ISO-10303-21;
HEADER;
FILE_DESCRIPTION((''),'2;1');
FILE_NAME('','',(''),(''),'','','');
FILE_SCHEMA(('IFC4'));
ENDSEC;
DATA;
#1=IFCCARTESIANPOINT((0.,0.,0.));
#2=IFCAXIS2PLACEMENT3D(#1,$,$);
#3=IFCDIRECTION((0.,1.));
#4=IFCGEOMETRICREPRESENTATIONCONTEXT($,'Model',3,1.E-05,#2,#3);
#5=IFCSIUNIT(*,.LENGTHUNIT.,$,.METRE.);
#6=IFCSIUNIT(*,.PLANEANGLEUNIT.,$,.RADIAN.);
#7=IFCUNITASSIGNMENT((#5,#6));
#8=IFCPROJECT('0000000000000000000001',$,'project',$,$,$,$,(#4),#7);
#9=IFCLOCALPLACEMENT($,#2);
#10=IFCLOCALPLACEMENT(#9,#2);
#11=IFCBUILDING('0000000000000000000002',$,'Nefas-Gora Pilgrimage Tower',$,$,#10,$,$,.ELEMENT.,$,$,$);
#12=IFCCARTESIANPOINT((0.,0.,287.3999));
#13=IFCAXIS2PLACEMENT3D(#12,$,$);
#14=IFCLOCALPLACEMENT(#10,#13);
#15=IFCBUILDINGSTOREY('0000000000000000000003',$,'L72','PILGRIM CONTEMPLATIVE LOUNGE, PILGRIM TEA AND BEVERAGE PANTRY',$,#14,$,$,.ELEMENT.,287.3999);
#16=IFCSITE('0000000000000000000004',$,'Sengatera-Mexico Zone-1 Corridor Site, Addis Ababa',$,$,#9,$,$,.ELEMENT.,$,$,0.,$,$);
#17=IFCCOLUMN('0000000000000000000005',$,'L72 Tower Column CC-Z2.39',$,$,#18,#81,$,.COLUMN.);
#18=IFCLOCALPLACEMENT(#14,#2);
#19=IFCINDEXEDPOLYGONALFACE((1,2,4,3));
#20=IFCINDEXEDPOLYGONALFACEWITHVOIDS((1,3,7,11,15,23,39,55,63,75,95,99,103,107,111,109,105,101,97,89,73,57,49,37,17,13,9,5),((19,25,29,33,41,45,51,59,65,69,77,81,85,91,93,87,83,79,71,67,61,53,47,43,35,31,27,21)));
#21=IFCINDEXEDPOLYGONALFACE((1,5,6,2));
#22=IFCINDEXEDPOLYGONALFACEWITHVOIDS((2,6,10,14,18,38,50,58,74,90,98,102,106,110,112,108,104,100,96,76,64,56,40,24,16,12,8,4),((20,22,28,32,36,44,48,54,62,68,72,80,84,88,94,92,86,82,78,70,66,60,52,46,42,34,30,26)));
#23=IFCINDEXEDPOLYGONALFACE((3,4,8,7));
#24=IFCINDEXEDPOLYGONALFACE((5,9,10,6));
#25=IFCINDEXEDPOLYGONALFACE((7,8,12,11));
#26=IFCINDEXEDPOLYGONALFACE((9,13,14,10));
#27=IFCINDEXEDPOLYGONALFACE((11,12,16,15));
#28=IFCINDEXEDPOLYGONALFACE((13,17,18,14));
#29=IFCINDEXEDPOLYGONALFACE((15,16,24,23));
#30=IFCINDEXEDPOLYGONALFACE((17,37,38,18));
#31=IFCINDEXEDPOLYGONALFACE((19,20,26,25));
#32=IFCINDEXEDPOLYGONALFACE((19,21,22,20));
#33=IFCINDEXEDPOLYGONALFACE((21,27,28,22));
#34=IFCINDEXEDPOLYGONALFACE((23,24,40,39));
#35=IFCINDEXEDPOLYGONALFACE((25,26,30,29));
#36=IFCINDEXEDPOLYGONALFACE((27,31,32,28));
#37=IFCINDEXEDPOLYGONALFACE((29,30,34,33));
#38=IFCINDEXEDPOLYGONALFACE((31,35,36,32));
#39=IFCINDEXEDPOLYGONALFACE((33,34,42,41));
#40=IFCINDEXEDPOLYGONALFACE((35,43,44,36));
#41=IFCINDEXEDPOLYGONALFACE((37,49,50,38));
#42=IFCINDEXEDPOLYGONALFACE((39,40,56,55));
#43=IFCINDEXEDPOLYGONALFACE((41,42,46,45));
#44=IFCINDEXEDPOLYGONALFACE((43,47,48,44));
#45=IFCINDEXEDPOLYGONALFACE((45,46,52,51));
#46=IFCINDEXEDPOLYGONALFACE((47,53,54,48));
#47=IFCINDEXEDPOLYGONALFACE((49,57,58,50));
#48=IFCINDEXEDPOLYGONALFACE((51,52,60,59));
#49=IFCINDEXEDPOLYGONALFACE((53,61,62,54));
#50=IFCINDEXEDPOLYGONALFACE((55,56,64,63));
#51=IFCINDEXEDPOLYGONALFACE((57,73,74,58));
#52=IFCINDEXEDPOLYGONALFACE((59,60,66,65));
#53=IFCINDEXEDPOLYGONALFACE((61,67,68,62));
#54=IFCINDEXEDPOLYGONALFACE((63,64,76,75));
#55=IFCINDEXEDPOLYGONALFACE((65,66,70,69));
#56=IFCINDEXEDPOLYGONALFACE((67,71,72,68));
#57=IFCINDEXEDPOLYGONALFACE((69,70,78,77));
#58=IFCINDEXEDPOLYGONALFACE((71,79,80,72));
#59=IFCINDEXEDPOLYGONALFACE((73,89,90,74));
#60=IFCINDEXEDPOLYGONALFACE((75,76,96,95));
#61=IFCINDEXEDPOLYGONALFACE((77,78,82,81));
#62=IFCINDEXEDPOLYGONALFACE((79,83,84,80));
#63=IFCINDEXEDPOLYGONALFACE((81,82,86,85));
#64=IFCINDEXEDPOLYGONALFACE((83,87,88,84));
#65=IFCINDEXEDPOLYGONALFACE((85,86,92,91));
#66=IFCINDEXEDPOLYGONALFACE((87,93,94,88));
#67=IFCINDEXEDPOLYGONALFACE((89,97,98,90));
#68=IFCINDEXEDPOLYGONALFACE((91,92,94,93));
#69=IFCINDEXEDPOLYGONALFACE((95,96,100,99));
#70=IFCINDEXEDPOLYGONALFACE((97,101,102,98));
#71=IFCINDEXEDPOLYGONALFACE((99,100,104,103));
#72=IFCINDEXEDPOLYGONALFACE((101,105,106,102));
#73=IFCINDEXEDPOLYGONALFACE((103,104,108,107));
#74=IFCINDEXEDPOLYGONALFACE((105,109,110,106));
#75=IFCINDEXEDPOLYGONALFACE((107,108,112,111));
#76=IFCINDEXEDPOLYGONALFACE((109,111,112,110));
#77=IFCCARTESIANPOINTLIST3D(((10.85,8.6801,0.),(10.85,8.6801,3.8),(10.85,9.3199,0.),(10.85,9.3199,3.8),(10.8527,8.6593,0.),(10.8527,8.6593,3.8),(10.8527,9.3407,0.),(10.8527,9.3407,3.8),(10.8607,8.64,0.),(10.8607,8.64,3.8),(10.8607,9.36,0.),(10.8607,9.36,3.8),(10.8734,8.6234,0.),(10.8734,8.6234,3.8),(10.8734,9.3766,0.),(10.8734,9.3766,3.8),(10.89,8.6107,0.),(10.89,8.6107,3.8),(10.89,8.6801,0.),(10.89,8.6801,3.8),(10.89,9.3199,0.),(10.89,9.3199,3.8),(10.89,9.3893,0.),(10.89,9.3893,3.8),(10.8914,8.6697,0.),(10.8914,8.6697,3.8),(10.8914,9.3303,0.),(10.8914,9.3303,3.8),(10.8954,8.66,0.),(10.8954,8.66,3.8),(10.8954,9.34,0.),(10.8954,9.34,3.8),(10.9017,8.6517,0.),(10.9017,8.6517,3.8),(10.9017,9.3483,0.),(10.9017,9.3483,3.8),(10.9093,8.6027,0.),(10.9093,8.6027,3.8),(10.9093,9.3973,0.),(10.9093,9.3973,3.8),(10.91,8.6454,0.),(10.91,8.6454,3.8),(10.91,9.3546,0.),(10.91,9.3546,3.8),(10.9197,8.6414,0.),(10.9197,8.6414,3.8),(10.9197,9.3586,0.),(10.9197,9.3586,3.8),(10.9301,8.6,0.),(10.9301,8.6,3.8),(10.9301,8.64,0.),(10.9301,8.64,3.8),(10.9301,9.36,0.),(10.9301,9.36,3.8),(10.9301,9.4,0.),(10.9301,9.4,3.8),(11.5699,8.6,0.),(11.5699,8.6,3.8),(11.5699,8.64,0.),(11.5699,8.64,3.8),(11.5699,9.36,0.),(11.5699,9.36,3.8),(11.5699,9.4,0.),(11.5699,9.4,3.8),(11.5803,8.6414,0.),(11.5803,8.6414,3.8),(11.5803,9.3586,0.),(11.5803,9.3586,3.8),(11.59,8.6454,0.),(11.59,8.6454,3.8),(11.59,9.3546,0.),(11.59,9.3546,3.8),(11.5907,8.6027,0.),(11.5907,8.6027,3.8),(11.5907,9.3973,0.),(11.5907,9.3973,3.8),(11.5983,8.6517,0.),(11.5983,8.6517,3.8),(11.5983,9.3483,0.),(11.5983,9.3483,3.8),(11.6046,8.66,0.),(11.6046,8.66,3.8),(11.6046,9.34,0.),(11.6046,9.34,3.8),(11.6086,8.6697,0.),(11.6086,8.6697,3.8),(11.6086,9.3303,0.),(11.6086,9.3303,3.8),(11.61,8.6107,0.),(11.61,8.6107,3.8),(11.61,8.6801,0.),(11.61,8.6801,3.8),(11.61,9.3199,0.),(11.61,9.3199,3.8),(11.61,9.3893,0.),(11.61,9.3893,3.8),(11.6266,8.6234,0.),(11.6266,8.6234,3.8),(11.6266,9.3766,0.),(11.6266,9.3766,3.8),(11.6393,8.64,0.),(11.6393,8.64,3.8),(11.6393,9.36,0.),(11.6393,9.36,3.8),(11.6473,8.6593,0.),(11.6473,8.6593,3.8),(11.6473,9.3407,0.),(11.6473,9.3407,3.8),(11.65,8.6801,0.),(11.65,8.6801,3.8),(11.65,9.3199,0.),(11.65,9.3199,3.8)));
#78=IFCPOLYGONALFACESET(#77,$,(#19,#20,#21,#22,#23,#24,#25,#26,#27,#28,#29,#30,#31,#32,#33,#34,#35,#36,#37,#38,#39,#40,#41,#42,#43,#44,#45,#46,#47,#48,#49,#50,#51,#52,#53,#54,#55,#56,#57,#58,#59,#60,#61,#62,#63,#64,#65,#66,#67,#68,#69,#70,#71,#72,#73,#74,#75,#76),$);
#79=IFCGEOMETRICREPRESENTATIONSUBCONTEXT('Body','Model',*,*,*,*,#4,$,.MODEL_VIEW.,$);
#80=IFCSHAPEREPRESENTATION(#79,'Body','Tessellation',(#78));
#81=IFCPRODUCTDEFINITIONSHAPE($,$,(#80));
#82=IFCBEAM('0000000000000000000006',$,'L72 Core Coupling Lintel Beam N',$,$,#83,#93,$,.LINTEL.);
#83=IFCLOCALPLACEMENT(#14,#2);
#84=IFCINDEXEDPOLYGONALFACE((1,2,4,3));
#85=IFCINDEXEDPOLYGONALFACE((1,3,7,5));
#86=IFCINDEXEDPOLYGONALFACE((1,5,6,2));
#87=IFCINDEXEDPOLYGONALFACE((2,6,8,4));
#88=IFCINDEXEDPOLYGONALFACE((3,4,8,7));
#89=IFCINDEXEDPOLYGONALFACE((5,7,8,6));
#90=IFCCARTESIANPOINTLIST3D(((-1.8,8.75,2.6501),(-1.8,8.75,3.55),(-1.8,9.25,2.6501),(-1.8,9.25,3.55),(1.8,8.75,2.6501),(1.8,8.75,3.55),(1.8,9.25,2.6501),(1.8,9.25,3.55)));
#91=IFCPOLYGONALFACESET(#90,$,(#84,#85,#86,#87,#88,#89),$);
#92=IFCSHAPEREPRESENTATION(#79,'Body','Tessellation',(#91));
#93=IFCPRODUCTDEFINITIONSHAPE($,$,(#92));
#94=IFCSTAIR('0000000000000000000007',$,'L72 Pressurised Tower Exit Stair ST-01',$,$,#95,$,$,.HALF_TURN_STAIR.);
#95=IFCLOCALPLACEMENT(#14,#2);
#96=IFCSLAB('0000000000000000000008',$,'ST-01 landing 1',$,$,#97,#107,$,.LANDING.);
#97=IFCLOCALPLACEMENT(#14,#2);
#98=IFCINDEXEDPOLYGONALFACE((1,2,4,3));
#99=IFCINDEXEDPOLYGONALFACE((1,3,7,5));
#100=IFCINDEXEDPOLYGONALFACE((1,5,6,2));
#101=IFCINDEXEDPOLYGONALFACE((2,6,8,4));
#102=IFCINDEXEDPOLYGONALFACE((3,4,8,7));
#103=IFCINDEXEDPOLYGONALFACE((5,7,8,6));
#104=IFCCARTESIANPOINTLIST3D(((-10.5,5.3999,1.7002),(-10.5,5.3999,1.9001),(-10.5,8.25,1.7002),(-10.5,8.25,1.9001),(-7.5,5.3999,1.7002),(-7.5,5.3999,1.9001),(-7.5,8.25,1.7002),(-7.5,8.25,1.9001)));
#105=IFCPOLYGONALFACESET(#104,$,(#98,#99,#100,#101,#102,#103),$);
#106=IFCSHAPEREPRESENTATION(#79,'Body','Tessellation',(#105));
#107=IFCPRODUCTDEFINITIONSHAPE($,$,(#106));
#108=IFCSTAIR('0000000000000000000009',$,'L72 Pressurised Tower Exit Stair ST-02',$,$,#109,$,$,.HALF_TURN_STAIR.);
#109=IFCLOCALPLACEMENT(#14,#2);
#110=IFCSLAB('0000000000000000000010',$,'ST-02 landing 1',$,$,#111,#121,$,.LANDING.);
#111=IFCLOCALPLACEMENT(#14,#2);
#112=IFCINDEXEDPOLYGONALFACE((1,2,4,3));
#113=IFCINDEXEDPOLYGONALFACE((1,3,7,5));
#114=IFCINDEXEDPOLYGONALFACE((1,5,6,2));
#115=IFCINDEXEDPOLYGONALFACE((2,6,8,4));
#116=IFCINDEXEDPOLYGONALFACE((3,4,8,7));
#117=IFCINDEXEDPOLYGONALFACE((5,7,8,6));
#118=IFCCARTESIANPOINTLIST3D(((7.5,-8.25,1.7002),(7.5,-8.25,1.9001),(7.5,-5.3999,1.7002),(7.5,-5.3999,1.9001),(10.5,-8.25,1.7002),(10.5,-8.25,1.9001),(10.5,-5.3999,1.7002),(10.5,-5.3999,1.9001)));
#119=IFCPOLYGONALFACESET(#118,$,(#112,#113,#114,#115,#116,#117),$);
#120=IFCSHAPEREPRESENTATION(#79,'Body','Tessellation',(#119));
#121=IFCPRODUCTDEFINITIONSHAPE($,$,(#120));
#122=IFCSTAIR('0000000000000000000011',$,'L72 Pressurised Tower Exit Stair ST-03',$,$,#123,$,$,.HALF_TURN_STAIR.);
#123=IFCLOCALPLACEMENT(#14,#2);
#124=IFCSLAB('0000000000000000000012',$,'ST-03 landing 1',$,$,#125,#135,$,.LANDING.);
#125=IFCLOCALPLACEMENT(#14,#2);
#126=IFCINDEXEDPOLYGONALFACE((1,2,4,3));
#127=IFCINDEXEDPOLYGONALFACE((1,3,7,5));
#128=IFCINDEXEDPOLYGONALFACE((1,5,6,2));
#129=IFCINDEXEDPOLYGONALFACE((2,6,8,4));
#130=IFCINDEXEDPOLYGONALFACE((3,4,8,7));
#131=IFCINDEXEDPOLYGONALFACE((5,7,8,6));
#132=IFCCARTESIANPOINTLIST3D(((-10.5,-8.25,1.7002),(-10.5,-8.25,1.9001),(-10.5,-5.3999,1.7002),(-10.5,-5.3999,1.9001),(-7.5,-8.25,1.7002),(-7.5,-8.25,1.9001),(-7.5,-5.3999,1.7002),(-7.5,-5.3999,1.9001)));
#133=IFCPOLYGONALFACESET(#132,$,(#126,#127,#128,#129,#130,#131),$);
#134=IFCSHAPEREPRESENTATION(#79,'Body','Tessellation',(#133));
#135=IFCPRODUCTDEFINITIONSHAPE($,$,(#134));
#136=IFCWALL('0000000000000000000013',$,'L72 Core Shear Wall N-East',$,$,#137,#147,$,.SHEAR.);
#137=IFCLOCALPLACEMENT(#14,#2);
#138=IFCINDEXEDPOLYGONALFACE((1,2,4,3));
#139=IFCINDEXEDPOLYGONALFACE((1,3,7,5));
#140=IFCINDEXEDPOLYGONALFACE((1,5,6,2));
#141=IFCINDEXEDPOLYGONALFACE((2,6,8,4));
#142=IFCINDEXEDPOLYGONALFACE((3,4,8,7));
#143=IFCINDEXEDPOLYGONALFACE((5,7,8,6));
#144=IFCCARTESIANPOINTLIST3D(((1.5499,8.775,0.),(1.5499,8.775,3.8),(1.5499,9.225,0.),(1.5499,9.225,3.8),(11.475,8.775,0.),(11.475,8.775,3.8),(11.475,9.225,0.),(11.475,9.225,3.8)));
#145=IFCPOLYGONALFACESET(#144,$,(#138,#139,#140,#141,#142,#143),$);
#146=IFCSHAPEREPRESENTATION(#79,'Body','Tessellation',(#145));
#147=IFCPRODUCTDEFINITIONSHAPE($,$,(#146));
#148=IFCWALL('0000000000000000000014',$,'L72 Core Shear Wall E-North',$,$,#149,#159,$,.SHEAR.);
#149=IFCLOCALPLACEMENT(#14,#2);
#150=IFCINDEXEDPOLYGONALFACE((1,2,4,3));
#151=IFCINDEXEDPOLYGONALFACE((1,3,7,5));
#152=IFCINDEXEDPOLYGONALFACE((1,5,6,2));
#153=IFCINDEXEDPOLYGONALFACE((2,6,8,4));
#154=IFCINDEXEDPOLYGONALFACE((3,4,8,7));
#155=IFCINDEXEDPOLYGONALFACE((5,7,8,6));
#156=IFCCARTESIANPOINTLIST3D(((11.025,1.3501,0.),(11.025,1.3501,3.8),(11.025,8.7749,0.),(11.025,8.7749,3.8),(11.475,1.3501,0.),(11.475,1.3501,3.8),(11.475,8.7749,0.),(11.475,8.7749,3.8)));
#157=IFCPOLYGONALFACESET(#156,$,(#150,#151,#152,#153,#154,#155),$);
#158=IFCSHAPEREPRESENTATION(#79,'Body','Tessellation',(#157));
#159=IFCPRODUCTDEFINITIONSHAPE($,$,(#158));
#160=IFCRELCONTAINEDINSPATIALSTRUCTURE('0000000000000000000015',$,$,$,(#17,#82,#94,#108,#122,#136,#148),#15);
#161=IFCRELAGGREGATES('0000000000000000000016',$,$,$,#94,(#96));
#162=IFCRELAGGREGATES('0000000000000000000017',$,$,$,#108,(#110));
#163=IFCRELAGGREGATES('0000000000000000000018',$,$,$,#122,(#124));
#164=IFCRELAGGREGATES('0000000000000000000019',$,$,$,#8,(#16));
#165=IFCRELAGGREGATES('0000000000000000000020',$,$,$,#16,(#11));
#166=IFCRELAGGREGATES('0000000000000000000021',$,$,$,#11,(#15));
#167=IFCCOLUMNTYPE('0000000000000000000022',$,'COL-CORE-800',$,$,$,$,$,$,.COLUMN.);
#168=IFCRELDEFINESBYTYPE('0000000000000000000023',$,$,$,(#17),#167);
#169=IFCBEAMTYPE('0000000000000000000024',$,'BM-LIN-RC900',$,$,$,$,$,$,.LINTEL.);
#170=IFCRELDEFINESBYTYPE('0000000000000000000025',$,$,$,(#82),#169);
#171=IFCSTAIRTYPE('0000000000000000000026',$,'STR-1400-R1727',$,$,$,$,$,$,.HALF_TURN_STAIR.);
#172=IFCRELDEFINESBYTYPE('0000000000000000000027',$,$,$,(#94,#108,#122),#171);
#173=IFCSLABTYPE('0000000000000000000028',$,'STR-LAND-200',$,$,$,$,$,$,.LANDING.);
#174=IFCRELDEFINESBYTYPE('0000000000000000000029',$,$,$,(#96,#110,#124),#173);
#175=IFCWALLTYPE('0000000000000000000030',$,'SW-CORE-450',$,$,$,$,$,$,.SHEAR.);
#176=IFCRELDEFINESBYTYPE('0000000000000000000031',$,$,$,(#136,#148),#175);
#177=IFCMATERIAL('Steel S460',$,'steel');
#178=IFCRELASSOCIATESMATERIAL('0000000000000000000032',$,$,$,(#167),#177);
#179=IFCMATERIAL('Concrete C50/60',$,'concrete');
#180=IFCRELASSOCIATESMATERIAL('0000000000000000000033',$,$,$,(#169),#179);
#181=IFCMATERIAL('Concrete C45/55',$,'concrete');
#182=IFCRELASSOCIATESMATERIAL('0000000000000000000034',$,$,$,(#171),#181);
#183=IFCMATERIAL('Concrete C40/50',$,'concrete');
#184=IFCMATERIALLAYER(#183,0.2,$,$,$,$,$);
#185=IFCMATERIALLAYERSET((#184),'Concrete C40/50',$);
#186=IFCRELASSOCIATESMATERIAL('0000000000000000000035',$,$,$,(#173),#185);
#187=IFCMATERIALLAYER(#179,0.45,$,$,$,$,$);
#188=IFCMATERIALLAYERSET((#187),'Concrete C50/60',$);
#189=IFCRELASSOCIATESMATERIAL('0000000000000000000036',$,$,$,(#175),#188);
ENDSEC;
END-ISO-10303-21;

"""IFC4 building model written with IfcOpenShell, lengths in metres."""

from ifc_helpers import new_model, si_unit, direction, frame, frame_2d, origin, origin_2d, place, context, subcontext, project, spatial, polyline, rectangle, hollow_rectangle, outline, extrude, source, transform, mapped, material, layer, layer_set, material_profile, profile_set, type_object, element, aggregate, save


model = new_model("IFC4")

# Units and contexts
model_context = context("Model", 3, precision=1e-05, world=origin(), true_north=direction((0.0, 1.0)))
body_context = subcontext(model_context, "Body", "Model", "MODEL_VIEW")
ifc_project = project(units=[si_unit("LENGTHUNIT", "METRE"), si_unit("PLANEANGLEUNIT", "RADIAN")], contexts=[model_context])

# Site, building, storey
site_placement = place(None, origin())
site = spatial("IfcSite", under=ifc_project, at=site_placement, Name="Sengatera-Mexico Zone-1 Corridor Site, Addis Ababa", CompositionType="ELEMENT", RefElevation=0.0)
building_placement = place(site_placement, origin())
building = spatial("IfcBuilding", under=site, at=building_placement, Name="Nefas-Gora Pilgrimage Tower", CompositionType="ELEMENT")
storey_placement = place(building_placement, frame((0.0, 0.0, 287.3999)))
storey = spatial("IfcBuildingStorey", under=building, at=storey_placement, Name="L72", Description="PILGRIM CONTEMPLATIVE LOUNGE, PILGRIM TEA AND BEVERAGE PANTRY", CompositionType="ELEMENT", Elevation=287.3999)

# Column
ifc_material_1 = material(Name="Steel S460", Category="steel")
ifc_material_profile_1 = material_profile(ifc_material_1, hollow_rectangle(XDim=0.8, YDim=0.8, WallThickness=0.04, InnerFilletRadius=0.04, OuterFilletRadius=0.0801, at=origin_2d()), Name="BOX 800x800x40")
ifc_profile_set_1 = profile_set([ifc_material_profile_1], Name="Steel S460")
column_type = type_object("IfcColumnType", Name="COL-CORE-800", PredefinedType="COLUMN", material=ifc_profile_set_1)
shared_shape_1 = source(origin(), body_context, "Body", "SweptSolid", [
    extrude(hollow_rectangle(XDim=0.8, YDim=0.8, WallThickness=0.04, InnerFilletRadius=0.04, OuterFilletRadius=0.0801, at=origin_2d()), origin(), (0.0, 0.0, 1.0), 3.8),
])
column_placement = place(storey_placement, frame((11.25, 9.0, 0.0), z_axis=(0.0, 0.0, 1.0), x_axis=(1.0, 0.0, 0.0)))
element("IfcColumn", 1, at=column_placement, inside=storey, type_object=column_type, Name="L72 Tower Column CC-Z2.39", PredefinedType="COLUMN", context=body_context, shape_type="MappedRepresentation", body=[
    mapped(shared_shape_1, transform((0.0, 0.0, 0.0), x_axis=(1.0, 0.0, 0.0), y_axis=(0.0, 1.0, 0.0), z_axis=(0.0, 0.0, 1.0), scale=1.0)),
])

# Beam
ifc_material_2 = material(Name="Concrete C50/60", Category="concrete")
ifc_material_profile_2 = material_profile(ifc_material_2, rectangle(XDim=0.5, YDim=0.8999, at=origin_2d()), Name="RC 500x900")
ifc_profile_set_2 = profile_set([ifc_material_profile_2], Name="Concrete C50/60")
beam_type = type_object("IfcBeamType", Name="BM-LIN-RC900", PredefinedType="LINTEL", material=ifc_profile_set_2)
shared_shape_2 = source(origin(), body_context, "Body", "SweptSolid", [
    extrude(rectangle(XDim=0.5, YDim=0.8999, at=origin_2d()), origin(), (0.0, 0.0, 1.0), 3.6001),
])
beam_placement = place(storey_placement, frame((-1.8, 9.0, 3.1001), z_axis=(1.0, 0.0, 0.0), x_axis=(0.0, 1.0, 0.0)))
element("IfcBeam", 2, at=beam_placement, inside=storey, type_object=beam_type, Name="L72 Core Coupling Lintel Beam N", PredefinedType="LINTEL", context=body_context, shape_type="MappedRepresentation", body=[
    mapped(shared_shape_2, transform((0.0, 0.0, 0.0), x_axis=(1.0, 0.0, 0.0), y_axis=(0.0, 1.0, 0.0), z_axis=(0.0, 0.0, 1.0), scale=1.0)),
])

# Stairs, slabs
ifc_material_3 = material(Name="Concrete C45/55", Category="concrete")
stair_type = type_object("IfcStairType", Name="STR-1400-R1727", PredefinedType="HALF_TURN_STAIR", material=ifc_material_3)
stair_1_placement = place(storey_placement, origin())
stair_1 = element("IfcStair", 3, at=stair_1_placement, inside=storey, type_object=stair_type, Name="L72 Pressurised Tower Exit Stair ST-01", PredefinedType="HALF_TURN_STAIR")
ifc_material_4 = material(Name="Concrete C40/50", Category="concrete")
ifc_layer_1 = layer(ifc_material_4, 0.2)
ifc_layer_set_1 = layer_set([ifc_layer_1], Name="Concrete C40/50")
slab_type = type_object("IfcSlabType", Name="STR-LAND-200", PredefinedType="LANDING", material=ifc_layer_set_1)
slab_1_placement = place(storey_placement, frame((0.0, 0.0, 1.7002)))
slab_1 = element("IfcSlab", 4, at=slab_1_placement, type_object=slab_type, Name="ST-01 landing 1", PredefinedType="LANDING", context=body_context, shape_type="SweptSolid", body=[
    extrude(outline(polyline([(-7.5, 5.3999), (-7.5, 8.25), (-10.5, 8.25), (-10.5, 5.3999), (-7.5, 5.3999)])), origin(), (0.0, 0.0, 1.0), 0.2),
])
aggregate(stair_1, [slab_1])
stair_2_placement = place(storey_placement, origin())
stair_2 = element("IfcStair", 5, at=stair_2_placement, inside=storey, type_object=stair_type, Name="L72 Pressurised Tower Exit Stair ST-02", PredefinedType="HALF_TURN_STAIR")
slab_2_placement = place(storey_placement, frame((0.0, 0.0, 1.7002)))
slab_2 = element("IfcSlab", 6, at=slab_2_placement, type_object=slab_type, Name="ST-02 landing 1", PredefinedType="LANDING", context=body_context, shape_type="SweptSolid", body=[
    extrude(outline(polyline([(7.5, -5.3999), (7.5, -8.25), (10.5, -8.25), (10.5, -5.3999), (7.5, -5.3999)])), origin(), (0.0, 0.0, 1.0), 0.2),
])
aggregate(stair_2, [slab_2])
stair_3_placement = place(storey_placement, origin())
stair_3 = element("IfcStair", 7, at=stair_3_placement, inside=storey, type_object=stair_type, Name="L72 Pressurised Tower Exit Stair ST-03", PredefinedType="HALF_TURN_STAIR")
slab_3_placement = place(storey_placement, frame((0.0, 0.0, 1.7002)))
slab_3 = element("IfcSlab", 8, at=slab_3_placement, type_object=slab_type, Name="ST-03 landing 1", PredefinedType="LANDING", context=body_context, shape_type="SweptSolid", body=[
    extrude(outline(polyline([(-10.5, -5.3999), (-10.5, -8.25), (-7.5, -8.25), (-7.5, -5.3999), (-10.5, -5.3999)])), origin(), (0.0, 0.0, 1.0), 0.2),
])
aggregate(stair_3, [slab_3])

# Walls
ifc_layer_2 = layer(ifc_material_2, 0.45)
ifc_layer_set_2 = layer_set([ifc_layer_2], Name="Concrete C50/60")
wall_type_1 = type_object("IfcWallType", Name="SW-CORE-450", PredefinedType="SHEAR", material=ifc_layer_set_2)
shared_shape_3 = source(origin(), body_context, "Body", "SweptSolid", [
    extrude(rectangle(XDim=9.925, YDim=0.45, at=frame_2d((4.9624, 0.0))), origin(), (0.0, 0.0, 1.0), 3.8),
])
wall_1_placement = place(storey_placement, frame((1.55, 9.0, 0.0), z_axis=(0.0, 0.0, 1.0), x_axis=(1.0, 0.0, 0.0)))
element("IfcWall", 9, at=wall_1_placement, inside=storey, type_object=wall_type_1, Name="L72 Core Shear Wall N-East", PredefinedType="SHEAR", context=body_context, shape_type="MappedRepresentation", body=[
    mapped(shared_shape_3, transform((0.0, 0.0, 0.0), x_axis=(1.0, 0.0, 0.0), y_axis=(0.0, 1.0, 0.0), z_axis=(0.0, 0.0, 1.0), scale=1.0)),
])
shared_shape_4 = source(origin(), body_context, "Body", "SweptSolid", [
    extrude(rectangle(XDim=7.4248, YDim=0.45, at=frame_2d((3.7124, 0.0))), origin(), (0.0, 0.0, 1.0), 3.8),
])
wall_2_placement = place(storey_placement, frame((11.25, 1.3501, 0.0), z_axis=(0.0, 0.0, 1.0), x_axis=(0.0, 1.0, 0.0)))
element("IfcWall", 10, at=wall_2_placement, inside=storey, type_object=wall_type_1, Name="L72 Core Shear Wall E-North", PredefinedType="SHEAR", context=body_context, shape_type="MappedRepresentation", body=[
    mapped(shared_shape_4, transform((0.0, 0.0, 0.0), x_axis=(1.0, 0.0, 0.0), y_axis=(0.0, 1.0, 0.0), z_axis=(0.0, 0.0, 1.0), scale=1.0)),
])

save(model, "model.ifc")
